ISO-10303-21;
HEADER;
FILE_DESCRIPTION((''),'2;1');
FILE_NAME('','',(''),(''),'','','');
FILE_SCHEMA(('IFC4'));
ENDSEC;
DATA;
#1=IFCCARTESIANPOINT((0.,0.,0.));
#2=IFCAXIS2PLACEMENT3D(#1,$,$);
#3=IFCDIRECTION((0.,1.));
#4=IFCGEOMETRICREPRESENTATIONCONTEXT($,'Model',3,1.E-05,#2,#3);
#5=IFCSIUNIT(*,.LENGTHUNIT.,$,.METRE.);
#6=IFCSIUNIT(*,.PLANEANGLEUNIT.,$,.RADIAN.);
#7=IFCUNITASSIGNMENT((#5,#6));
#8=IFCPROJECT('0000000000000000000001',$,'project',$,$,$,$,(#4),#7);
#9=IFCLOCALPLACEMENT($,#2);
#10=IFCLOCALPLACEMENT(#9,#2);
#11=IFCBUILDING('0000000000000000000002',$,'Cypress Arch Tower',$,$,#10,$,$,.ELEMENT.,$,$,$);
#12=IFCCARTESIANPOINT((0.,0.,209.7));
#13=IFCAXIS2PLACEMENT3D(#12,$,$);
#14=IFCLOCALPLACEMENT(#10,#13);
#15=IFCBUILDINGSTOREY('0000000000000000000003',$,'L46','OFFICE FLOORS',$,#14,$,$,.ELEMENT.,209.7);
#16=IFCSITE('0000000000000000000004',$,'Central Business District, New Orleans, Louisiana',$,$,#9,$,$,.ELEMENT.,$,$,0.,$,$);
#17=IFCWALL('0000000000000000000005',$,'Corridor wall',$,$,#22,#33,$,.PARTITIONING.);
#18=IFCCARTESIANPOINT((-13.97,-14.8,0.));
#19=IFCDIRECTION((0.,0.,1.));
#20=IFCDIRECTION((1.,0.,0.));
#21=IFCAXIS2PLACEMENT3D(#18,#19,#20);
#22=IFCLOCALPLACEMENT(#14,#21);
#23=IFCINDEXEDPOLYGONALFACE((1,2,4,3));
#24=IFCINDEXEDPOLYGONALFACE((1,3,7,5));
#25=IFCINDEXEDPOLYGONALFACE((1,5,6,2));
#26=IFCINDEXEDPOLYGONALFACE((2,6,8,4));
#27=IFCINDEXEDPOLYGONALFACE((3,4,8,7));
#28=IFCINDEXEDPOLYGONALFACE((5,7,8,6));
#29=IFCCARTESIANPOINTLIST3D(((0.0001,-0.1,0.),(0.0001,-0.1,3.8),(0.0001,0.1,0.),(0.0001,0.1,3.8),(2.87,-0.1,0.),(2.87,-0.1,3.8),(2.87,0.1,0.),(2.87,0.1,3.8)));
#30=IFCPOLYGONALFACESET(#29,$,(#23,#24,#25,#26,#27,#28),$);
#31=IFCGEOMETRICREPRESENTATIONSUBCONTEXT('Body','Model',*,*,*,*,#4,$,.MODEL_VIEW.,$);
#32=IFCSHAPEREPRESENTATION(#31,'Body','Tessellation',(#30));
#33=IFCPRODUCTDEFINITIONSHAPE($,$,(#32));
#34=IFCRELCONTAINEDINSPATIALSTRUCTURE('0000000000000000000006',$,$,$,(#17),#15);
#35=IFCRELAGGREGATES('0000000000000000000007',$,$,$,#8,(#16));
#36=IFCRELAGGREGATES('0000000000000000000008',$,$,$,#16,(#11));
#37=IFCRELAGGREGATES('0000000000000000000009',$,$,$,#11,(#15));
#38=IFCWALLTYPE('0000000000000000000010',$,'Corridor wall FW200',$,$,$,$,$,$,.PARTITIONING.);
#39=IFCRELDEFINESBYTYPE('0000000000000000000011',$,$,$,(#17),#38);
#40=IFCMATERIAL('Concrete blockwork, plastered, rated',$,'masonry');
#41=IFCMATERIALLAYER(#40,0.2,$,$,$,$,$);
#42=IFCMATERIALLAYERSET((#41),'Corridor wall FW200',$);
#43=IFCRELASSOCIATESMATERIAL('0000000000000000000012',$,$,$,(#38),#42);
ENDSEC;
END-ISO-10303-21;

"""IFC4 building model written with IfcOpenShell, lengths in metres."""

from ifc_helpers import new_model, si_unit, direction, frame, frame_2d, origin, place, context, subcontext, project, spatial, rectangle, extrude, material, layer, layer_set, type_object, element, save


model = new_model("IFC4")

# Units and contexts
model_context = context("Model", 3, precision=1e-05, world=origin(), true_north=direction((0.0, 1.0)))
body_context = subcontext(model_context, "Body", "Model", "MODEL_VIEW")
ifc_project = project(units=[si_unit("LENGTHUNIT", "METRE"), si_unit("PLANEANGLEUNIT", "RADIAN")], contexts=[model_context])

# Site, building, storey
site_placement = place(None, origin())
site = spatial("IfcSite", under=ifc_project, at=site_placement, Name="Central Business District, New Orleans, Louisiana", CompositionType="ELEMENT", RefElevation=0.0)
building_placement = place(site_placement, origin())
building = spatial("IfcBuilding", under=site, at=building_placement, Name="Cypress Arch Tower", CompositionType="ELEMENT")
storey_placement = place(building_placement, frame((0.0, 0.0, 209.7)))
storey = spatial("IfcBuildingStorey", under=building, at=storey_placement, Name="L46", Description="OFFICE FLOORS", CompositionType="ELEMENT", Elevation=209.7)

# Wall
ifc_material_1 = material(Name="Concrete blockwork, plastered, rated", Category="masonry")
ifc_layer_1 = layer(ifc_material_1, 0.2)
ifc_layer_set_1 = layer_set([ifc_layer_1], Name="Corridor wall FW200")
wall_type_1 = type_object("IfcWallType", Name="Corridor wall FW200", PredefinedType="PARTITIONING", material=ifc_layer_set_1)
wall_1_placement = place(storey_placement, frame((-13.97, -14.8, 0.0), z_axis=(0.0, 0.0, 1.0), x_axis=(1.0, 0.0, 0.0)))
element("IfcWall", 1, at=wall_1_placement, inside=storey, type_object=wall_type_1, Name="Corridor wall", PredefinedType="PARTITIONING", context=body_context, shape_type="SweptSolid", body=[
    extrude(rectangle(XDim=2.8699, YDim=0.2, at=frame_2d((1.4351, 0.0))), origin(), (0.0, 0.0, 1.0), 3.8),
])

save(model, "model.ifc")
